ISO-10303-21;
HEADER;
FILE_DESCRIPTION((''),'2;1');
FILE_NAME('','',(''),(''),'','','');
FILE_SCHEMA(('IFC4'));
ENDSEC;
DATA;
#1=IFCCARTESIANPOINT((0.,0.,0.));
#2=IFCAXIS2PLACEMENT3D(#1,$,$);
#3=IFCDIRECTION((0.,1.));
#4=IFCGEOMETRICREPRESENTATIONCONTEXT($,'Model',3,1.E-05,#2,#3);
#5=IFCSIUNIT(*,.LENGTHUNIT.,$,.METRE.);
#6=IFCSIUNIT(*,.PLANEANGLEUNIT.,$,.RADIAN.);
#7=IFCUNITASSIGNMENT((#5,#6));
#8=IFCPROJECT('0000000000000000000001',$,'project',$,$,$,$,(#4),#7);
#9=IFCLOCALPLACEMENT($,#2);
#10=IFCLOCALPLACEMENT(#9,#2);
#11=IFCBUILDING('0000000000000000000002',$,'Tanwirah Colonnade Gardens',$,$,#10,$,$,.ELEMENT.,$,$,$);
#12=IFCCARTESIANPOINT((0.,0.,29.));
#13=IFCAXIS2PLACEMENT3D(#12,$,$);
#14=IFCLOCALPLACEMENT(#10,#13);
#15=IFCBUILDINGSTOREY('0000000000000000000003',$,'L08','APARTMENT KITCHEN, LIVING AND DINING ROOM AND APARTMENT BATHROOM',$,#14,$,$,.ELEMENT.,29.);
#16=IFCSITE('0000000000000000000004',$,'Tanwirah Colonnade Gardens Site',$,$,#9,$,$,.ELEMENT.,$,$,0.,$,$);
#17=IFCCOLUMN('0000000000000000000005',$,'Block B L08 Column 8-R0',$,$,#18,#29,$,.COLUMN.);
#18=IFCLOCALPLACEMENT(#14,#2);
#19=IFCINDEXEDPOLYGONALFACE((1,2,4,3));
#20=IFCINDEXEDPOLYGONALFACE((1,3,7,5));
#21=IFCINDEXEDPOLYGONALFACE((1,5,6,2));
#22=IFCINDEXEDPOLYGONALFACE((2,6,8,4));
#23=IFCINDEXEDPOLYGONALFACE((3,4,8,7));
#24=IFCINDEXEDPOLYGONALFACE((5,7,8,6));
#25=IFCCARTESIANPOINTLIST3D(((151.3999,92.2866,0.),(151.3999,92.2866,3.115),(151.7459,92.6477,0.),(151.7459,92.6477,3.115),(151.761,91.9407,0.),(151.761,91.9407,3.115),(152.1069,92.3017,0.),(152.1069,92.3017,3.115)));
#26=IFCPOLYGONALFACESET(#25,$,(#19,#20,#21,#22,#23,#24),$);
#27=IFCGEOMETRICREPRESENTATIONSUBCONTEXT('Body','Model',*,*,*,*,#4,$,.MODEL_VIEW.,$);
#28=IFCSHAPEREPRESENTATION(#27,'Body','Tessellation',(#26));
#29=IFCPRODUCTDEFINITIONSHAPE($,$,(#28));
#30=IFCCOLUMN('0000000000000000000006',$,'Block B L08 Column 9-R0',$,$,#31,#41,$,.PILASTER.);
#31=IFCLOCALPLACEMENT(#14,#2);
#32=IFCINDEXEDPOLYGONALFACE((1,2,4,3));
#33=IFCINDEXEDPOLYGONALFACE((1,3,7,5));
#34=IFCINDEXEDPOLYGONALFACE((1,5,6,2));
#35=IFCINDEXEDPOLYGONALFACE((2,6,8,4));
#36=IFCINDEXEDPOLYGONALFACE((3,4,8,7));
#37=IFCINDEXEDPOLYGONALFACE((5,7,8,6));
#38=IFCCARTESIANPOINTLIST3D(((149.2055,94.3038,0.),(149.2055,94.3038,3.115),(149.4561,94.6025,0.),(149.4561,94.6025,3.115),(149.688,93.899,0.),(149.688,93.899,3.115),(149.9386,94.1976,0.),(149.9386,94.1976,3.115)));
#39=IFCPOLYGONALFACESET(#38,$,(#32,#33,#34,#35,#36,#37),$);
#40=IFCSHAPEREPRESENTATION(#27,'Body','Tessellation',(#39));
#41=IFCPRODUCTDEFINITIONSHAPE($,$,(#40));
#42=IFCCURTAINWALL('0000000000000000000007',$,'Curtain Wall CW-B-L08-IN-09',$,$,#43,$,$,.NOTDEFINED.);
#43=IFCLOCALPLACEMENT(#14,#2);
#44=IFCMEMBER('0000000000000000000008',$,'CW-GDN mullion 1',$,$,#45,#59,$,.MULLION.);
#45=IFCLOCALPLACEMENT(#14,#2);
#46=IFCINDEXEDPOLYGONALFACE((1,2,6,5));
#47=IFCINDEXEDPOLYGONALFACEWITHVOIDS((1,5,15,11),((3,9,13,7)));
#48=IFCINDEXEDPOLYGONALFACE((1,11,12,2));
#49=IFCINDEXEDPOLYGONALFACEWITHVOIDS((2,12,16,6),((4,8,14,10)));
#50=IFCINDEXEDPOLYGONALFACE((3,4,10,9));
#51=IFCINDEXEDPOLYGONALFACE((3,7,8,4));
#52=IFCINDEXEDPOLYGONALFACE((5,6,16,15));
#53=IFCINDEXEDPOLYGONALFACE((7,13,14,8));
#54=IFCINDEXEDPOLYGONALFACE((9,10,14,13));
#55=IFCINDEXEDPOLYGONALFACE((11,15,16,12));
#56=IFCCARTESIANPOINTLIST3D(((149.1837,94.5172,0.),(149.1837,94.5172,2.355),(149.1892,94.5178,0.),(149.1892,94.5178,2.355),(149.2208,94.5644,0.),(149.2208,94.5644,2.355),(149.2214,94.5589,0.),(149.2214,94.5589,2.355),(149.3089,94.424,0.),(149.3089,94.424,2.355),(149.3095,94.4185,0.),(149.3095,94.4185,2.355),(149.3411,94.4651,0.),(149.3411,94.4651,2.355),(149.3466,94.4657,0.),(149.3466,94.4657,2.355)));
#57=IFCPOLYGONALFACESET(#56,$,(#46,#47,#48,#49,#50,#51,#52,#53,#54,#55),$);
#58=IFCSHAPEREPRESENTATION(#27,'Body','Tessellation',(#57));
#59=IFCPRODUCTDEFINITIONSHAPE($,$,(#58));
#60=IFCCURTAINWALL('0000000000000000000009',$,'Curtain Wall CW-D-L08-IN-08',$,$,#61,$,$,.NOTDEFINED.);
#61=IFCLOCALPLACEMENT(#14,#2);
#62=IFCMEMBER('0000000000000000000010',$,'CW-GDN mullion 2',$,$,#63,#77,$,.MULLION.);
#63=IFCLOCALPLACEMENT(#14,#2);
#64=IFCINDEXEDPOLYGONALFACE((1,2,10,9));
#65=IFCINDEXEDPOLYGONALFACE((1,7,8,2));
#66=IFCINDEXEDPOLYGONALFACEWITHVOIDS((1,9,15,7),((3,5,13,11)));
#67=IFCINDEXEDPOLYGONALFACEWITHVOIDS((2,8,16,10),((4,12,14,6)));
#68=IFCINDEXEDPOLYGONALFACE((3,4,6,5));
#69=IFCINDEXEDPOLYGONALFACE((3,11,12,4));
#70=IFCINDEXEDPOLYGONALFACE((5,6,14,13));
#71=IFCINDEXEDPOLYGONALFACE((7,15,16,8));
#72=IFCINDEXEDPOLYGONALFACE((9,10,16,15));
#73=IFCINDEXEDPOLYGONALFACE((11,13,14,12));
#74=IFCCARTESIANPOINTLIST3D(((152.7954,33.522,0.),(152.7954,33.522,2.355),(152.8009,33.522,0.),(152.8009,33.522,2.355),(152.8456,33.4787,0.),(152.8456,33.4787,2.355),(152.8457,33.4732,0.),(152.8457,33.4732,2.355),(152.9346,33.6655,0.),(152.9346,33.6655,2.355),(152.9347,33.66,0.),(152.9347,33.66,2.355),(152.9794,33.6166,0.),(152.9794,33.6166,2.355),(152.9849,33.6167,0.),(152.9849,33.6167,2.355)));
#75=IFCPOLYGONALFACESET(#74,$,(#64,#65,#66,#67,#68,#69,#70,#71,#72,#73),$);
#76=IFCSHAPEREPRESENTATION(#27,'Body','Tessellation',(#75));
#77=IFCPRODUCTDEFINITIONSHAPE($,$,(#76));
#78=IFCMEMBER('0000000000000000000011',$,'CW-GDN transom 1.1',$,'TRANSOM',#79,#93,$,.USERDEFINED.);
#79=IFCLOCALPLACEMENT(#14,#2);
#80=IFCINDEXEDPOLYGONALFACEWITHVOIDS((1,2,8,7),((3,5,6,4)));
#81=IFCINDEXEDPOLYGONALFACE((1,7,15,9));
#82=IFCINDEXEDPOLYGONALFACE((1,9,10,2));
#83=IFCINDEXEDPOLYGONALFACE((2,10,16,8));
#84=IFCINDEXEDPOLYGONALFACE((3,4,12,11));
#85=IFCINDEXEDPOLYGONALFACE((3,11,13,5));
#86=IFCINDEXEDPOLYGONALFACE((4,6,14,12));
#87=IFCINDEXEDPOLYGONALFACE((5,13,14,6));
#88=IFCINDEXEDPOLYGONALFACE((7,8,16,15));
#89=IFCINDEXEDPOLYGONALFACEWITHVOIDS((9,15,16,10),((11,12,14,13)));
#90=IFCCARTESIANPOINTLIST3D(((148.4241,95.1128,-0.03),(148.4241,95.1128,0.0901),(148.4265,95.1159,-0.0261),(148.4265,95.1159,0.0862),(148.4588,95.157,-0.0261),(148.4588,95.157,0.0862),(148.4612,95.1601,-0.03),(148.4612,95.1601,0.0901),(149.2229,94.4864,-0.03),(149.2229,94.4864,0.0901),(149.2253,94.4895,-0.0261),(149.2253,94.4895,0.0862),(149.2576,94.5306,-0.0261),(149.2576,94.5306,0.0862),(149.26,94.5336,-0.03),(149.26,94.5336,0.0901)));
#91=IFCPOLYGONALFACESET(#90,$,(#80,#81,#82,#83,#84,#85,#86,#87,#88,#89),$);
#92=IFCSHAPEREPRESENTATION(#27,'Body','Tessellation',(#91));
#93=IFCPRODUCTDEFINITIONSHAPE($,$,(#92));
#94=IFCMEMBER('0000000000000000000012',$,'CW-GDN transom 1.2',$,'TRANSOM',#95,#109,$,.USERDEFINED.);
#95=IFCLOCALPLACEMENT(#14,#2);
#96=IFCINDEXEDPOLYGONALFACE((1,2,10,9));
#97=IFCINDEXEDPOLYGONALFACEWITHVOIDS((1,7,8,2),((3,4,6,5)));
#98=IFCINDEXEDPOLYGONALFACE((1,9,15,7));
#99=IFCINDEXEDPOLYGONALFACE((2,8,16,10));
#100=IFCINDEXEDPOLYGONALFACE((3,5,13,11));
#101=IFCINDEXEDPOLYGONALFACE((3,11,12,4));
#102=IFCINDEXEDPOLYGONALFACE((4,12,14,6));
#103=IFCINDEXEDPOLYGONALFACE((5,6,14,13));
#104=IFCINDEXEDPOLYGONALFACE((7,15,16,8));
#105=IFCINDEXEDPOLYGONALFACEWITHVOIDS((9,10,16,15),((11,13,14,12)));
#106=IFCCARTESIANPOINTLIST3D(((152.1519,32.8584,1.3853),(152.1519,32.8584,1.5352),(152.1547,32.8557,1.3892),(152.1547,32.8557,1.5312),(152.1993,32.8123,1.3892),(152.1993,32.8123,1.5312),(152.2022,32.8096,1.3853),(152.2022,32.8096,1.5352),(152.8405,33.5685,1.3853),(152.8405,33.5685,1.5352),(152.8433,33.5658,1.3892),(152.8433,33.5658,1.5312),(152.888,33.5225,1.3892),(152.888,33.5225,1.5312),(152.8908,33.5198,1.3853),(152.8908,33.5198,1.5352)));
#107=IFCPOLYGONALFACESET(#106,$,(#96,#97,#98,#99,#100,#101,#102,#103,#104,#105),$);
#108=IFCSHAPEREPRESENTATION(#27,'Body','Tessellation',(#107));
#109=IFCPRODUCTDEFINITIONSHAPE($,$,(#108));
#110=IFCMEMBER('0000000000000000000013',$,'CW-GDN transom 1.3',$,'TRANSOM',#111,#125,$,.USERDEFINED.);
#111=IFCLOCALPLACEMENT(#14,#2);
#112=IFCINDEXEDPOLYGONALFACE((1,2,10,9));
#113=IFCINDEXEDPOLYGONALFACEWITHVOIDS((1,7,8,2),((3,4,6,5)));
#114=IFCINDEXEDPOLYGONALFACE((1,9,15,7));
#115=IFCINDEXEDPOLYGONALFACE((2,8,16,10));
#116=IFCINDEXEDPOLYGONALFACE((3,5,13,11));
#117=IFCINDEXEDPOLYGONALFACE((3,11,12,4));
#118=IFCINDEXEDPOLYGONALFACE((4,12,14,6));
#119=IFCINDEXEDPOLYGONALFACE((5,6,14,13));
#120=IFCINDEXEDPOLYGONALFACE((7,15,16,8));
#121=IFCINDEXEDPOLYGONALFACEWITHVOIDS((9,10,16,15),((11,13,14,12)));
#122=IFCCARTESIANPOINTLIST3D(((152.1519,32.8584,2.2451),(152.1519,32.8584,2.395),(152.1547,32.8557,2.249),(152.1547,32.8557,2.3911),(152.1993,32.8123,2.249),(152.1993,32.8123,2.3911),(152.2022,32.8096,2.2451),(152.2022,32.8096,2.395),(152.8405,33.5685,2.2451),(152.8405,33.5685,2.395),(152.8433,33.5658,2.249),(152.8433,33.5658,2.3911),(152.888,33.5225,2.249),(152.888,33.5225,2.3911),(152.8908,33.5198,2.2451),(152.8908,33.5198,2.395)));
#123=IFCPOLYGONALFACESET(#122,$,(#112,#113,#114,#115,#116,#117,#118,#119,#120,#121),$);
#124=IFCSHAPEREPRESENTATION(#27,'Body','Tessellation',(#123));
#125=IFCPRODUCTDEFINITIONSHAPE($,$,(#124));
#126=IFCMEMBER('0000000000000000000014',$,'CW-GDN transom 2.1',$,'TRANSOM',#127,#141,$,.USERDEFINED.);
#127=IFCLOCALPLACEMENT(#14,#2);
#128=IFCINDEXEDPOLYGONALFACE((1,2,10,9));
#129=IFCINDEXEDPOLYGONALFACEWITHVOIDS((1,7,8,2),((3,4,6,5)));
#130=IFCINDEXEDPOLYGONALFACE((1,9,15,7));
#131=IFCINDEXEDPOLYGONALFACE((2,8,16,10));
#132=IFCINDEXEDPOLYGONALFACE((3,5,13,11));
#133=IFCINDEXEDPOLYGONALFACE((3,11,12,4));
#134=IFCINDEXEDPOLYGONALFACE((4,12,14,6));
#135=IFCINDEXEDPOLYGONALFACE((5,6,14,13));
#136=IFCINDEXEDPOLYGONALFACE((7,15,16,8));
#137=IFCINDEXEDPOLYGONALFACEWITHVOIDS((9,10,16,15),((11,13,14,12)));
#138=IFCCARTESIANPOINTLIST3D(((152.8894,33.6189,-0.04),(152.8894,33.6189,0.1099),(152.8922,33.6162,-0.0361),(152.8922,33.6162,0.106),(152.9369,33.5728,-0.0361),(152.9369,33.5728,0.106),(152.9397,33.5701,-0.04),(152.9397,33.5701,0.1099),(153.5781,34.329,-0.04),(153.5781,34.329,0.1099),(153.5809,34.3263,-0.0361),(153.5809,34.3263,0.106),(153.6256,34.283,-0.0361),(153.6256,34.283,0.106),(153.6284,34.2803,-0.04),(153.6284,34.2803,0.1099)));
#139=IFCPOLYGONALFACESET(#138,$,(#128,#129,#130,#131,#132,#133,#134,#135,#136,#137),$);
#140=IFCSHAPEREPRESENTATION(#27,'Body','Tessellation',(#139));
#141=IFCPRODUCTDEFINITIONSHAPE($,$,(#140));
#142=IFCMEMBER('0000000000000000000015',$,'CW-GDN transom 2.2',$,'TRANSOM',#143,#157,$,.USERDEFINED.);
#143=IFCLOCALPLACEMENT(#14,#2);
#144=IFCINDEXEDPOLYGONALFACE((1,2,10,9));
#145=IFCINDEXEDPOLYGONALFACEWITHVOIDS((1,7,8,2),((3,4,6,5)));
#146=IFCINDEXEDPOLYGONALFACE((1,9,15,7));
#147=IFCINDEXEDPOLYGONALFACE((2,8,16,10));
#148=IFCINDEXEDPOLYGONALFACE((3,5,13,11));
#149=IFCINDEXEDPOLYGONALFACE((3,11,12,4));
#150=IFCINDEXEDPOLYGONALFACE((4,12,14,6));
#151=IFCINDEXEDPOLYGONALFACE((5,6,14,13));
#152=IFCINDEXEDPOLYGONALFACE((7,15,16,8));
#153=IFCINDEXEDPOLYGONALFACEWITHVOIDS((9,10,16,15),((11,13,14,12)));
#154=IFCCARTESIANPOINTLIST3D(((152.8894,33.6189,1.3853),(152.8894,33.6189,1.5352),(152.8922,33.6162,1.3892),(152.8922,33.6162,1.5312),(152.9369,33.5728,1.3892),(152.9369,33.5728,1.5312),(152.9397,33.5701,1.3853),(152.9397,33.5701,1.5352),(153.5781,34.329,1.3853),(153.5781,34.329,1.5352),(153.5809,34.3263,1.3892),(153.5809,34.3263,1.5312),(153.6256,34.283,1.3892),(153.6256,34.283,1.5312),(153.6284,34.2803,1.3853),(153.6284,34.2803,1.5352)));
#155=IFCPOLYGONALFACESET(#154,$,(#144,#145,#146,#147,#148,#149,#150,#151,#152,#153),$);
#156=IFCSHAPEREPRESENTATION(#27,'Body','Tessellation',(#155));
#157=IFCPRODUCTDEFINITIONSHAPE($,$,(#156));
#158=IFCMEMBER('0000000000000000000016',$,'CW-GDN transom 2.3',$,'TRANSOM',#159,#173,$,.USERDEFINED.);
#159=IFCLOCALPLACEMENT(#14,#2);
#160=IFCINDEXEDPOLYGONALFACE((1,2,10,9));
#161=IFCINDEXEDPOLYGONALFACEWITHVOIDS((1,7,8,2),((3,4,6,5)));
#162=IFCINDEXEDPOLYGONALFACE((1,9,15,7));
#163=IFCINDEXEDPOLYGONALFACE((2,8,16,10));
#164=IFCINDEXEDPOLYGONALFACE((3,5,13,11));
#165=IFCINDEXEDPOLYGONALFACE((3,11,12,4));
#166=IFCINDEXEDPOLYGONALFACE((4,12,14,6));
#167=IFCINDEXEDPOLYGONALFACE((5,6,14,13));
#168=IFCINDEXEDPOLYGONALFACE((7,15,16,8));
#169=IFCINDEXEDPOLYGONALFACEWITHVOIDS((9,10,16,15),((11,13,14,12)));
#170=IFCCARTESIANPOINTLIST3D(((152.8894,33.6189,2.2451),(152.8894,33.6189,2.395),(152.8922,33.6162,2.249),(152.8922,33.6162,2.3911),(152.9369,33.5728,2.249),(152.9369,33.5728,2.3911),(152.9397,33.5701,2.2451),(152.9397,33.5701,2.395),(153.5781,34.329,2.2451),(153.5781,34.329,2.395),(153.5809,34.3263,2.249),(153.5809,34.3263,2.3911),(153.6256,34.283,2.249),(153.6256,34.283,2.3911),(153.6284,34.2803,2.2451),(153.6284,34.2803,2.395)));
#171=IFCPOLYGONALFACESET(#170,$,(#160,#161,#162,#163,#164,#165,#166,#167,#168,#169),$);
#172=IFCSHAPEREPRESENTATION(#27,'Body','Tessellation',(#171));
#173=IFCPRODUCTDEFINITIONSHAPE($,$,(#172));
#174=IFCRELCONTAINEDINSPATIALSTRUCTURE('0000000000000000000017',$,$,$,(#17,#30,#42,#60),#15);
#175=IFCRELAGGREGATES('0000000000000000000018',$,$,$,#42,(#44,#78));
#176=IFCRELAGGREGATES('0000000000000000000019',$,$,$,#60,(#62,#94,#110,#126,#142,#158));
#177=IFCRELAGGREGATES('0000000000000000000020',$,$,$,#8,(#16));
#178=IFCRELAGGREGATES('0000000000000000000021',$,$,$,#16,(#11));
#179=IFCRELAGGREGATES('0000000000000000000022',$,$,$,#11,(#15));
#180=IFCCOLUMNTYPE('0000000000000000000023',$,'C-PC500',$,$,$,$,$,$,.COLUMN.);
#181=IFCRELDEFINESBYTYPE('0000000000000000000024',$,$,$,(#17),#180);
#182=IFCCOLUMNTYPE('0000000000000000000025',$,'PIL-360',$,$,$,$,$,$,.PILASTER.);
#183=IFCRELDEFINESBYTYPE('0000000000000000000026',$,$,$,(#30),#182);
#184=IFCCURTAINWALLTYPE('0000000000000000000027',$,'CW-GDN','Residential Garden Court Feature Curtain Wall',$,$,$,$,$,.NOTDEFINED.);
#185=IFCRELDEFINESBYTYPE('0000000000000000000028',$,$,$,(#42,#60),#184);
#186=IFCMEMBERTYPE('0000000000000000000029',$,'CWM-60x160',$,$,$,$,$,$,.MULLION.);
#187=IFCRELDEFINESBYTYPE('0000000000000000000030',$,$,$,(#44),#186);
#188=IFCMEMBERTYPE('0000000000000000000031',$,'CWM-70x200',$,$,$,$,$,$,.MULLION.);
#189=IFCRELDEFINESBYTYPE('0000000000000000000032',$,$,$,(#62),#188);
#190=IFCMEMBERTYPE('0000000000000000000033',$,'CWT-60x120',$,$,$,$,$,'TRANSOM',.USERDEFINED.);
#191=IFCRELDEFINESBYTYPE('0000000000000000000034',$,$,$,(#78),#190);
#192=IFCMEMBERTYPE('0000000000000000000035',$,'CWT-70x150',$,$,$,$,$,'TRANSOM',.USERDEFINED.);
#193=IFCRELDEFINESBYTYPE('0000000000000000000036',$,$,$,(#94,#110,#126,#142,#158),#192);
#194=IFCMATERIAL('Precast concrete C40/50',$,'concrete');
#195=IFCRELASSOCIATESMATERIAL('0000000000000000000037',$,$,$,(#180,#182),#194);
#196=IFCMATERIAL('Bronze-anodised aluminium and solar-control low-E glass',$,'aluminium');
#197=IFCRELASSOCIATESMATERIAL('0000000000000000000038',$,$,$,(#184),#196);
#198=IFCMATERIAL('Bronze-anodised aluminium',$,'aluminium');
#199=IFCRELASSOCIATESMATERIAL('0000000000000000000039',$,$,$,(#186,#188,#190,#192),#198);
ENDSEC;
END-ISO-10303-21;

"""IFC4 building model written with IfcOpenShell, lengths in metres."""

from ifc_helpers import new_model, si_unit, direction, frame, origin, origin_2d, place, context, subcontext, project, spatial, rectangle, hollow_rectangle, extrude, material, material_profile, profile_set, type_object, element, aggregate, save


model = new_model("IFC4")

# Units and contexts
model_context = context("Model", 3, precision=1e-05, world=origin(), true_north=direction((0.0, 1.0)))
body_context = subcontext(model_context, "Body", "Model", "MODEL_VIEW")
ifc_project = project(units=[si_unit("LENGTHUNIT", "METRE"), si_unit("PLANEANGLEUNIT", "RADIAN")], contexts=[model_context])

# Site, building, storey
site_placement = place(None, origin())
site = spatial("IfcSite", under=ifc_project, at=site_placement, Name="Tanwirah Colonnade Gardens Site", CompositionType="ELEMENT", RefElevation=0.0)
building_placement = place(site_placement, origin())
building = spatial("IfcBuilding", under=site, at=building_placement, Name="Tanwirah Colonnade Gardens", CompositionType="ELEMENT")
storey_placement = place(building_placement, frame((0.0, 0.0, 29.0)))
storey = spatial("IfcBuildingStorey", under=building, at=storey_placement, Name="L08", Description="APARTMENT KITCHEN, LIVING AND DINING ROOM AND APARTMENT BATHROOM", CompositionType="ELEMENT", Elevation=29.0)

# Columns
ifc_material_1 = material(Name="Precast concrete C40/50", Category="concrete")
ifc_material_profile_1 = material_profile(ifc_material_1, rectangle(XDim=0.5, YDim=0.5, at=origin_2d()), Name="PC-COL 500x500")
ifc_profile_set_1 = profile_set([ifc_material_profile_1], Name="Precast concrete C40/50")
column_type_1 = type_object("IfcColumnType", Name="C-PC500", PredefinedType="COLUMN", material=ifc_profile_set_1)
column_1_placement = place(storey_placement, frame((151.7534, 92.2942, 0.0), z_axis=(0.0, 0.0, 1.0), x_axis=(0.691863, 0.722029, 0.0)))
element("IfcColumn", 1, at=column_1_placement, inside=storey, type_object=column_type_1, Name="Block B L08 Column 8-R0", PredefinedType="COLUMN", context=body_context, shape_type="SweptSolid", body=[
    extrude(rectangle(XDim=0.5, YDim=0.5, at=origin_2d()), origin(), (0.0, 0.0, 1.0), 3.115),
])
ifc_material_profile_2 = material_profile(ifc_material_1, rectangle(XDim=0.3899, YDim=0.6299, at=origin_2d()), Name="PC-PIL 390x630")
ifc_profile_set_2 = profile_set([ifc_material_profile_2], Name="Precast concrete C40/50")
column_type_2 = type_object("IfcColumnType", Name="PIL-360", PredefinedType="PILASTER", material=ifc_profile_set_2)
column_2_placement = place(storey_placement, frame((149.572, 94.2507, 0.0), z_axis=(0.0, 0.0, 1.0), x_axis=(0.642788, 0.766044, 0.0)))
element("IfcColumn", 2, at=column_2_placement, inside=storey, type_object=column_type_2, Name="Block B L08 Column 9-R0", PredefinedType="PILASTER", context=body_context, shape_type="SweptSolid", body=[
    extrude(rectangle(XDim=0.3899, YDim=0.6299, at=origin_2d()), origin(), (0.0, 0.0, 1.0), 3.115),
])

# Curtain walls, members
ifc_material_2 = material(Name="Bronze-anodised aluminium and solar-control low-E glass", Category="aluminium")
curtain_wall_type = type_object("IfcCurtainWallType", Name="CW-GDN", Description="Residential Garden Court Feature Curtain Wall", PredefinedType="NOTDEFINED", material=ifc_material_2)
curtain_wall_1_placement = place(storey_placement, origin())
curtain_wall_1 = element("IfcCurtainWall", 3, at=curtain_wall_1_placement, inside=storey, type_object=curtain_wall_type, Name="Curtain Wall CW-B-L08-IN-09", PredefinedType="NOTDEFINED")
ifc_material_3 = material(Name="Bronze-anodised aluminium", Category="aluminium")
ifc_material_profile_3 = material_profile(ifc_material_3, hollow_rectangle(XDim=0.0601, YDim=0.1599, WallThickness=0.0039, at=origin_2d()), Name="CW-MUL 60x160x4")
ifc_profile_set_3 = profile_set([ifc_material_profile_3], Name="Bronze-anodised aluminium")
member_type_1 = type_object("IfcMemberType", Name="CWM-60x160", PredefinedType="MULLION", material=ifc_profile_set_3)
member_1_placement = place(storey_placement, frame((149.2651, 94.4915, 0.0), z_axis=(0.0, 0.0, 1.0), x_axis=(-0.617189, -0.786815, 0.0)))
member_1 = element("IfcMember", 4, at=member_1_placement, type_object=member_type_1, Name="CW-GDN mullion 1", PredefinedType="MULLION", context=body_context, shape_type="SweptSolid", body=[
    extrude(hollow_rectangle(XDim=0.0601, YDim=0.1599, WallThickness=0.0039, at=origin_2d()), origin(), (0.0, 0.0, 1.0), 2.355),
])
curtain_wall_2_placement = place(storey_placement, origin())
curtain_wall_2 = element("IfcCurtainWall", 5, at=curtain_wall_2_placement, inside=storey, type_object=curtain_wall_type, Name="Curtain Wall CW-D-L08-IN-08", PredefinedType="NOTDEFINED")
ifc_material_profile_4 = material_profile(ifc_material_3, hollow_rectangle(XDim=0.0701, YDim=0.2, WallThickness=0.0039, at=origin_2d()), Name="CW-MUL 70x200x4")
ifc_profile_set_4 = profile_set([ifc_material_profile_4], Name="Bronze-anodised aluminium")
member_type_2 = type_object("IfcMemberType", Name="CWM-70x200", PredefinedType="MULLION", material=ifc_profile_set_4)
member_2_placement = place(storey_placement, frame((152.8901, 33.5693, 0.0), z_axis=(0.0, 0.0, 1.0), x_axis=(-0.717825, 0.696223, 0.0)))
member_2 = element("IfcMember", 6, at=member_2_placement, type_object=member_type_2, Name="CW-GDN mullion 2", PredefinedType="MULLION", context=body_context, shape_type="SweptSolid", body=[
    extrude(hollow_rectangle(XDim=0.0701, YDim=0.2, WallThickness=0.0039, at=origin_2d()), origin(), (0.0, 0.0, 1.0), 2.355),
])

# Members
ifc_material_profile_5 = material_profile(ifc_material_3, hollow_rectangle(XDim=0.0601, YDim=0.1201, WallThickness=0.0039, at=origin_2d()), Name="CW-TRN 60x120x4")
ifc_profile_set_5 = profile_set([ifc_material_profile_5], Name="Bronze-anodised aluminium")
member_type_3 = type_object("IfcMemberType", Name="CWT-60x120", ElementType="TRANSOM", PredefinedType="USERDEFINED", material=ifc_profile_set_5)
member_3_placement = place(storey_placement, frame((149.2415, 94.51, 0.03), z_axis=(-0.786885, 0.617099, 0.0), x_axis=(-0.617099, -0.786885, 0.0)))
member_3 = element("IfcMember", 7, at=member_3_placement, type_object=member_type_3, Name="CW-GDN transom 1.1", ObjectType="TRANSOM", PredefinedType="USERDEFINED", context=body_context, shape_type="SweptSolid", body=[
    extrude(hollow_rectangle(XDim=0.0601, YDim=0.1201, WallThickness=0.0039, at=origin_2d()), origin(), (0.0, 0.0, 1.0), 1.0151),
])
aggregate(curtain_wall_1, [member_1, member_3])
ifc_material_profile_6 = material_profile(ifc_material_3, hollow_rectangle(XDim=0.0701, YDim=0.1499, WallThickness=0.0039, at=origin_2d()), Name="CW-TRN 70x150x4")
ifc_profile_set_6 = profile_set([ifc_material_profile_6], Name="Bronze-anodised aluminium")
member_type_4 = type_object("IfcMemberType", Name="CWT-70x150", ElementType="TRANSOM", PredefinedType="USERDEFINED", material=ifc_profile_set_6)
member_4_placement = place(storey_placement, frame((152.177, 32.834, 1.4602), z_axis=(0.696165, 0.717882, 0.0), x_axis=(-0.717882, 0.696165, 0.0)))
member_4 = element("IfcMember", 8, at=member_4_placement, type_object=member_type_4, Name="CW-GDN transom 1.2", ObjectType="TRANSOM", PredefinedType="USERDEFINED", context=body_context, shape_type="SweptSolid", body=[
    extrude(hollow_rectangle(XDim=0.0701, YDim=0.1499, WallThickness=0.0039, at=origin_2d()), origin(), (0.0, 0.0, 1.0), 0.9893),
])
member_5_placement = place(storey_placement, frame((152.177, 32.834, 2.3201), z_axis=(0.696165, 0.717882, 0.0), x_axis=(-0.717882, 0.696165, 0.0)))
member_5 = element("IfcMember", 9, at=member_5_placement, type_object=member_type_4, Name="CW-GDN transom 1.3", ObjectType="TRANSOM", PredefinedType="USERDEFINED", context=body_context, shape_type="SweptSolid", body=[
    extrude(hollow_rectangle(XDim=0.0701, YDim=0.1499, WallThickness=0.0039, at=origin_2d()), origin(), (0.0, 0.0, 1.0), 0.9893),
])
member_6_placement = place(storey_placement, frame((152.9146, 33.5945, 0.0349), z_axis=(0.696165, 0.717882, 0.0), x_axis=(-0.717882, 0.696165, 0.0)))
member_6 = element("IfcMember", 10, at=member_6_placement, type_object=member_type_4, Name="CW-GDN transom 2.1", ObjectType="TRANSOM", PredefinedType="USERDEFINED", context=body_context, shape_type="SweptSolid", body=[
    extrude(hollow_rectangle(XDim=0.0701, YDim=0.1499, WallThickness=0.0039, at=origin_2d()), origin(), (0.0, 0.0, 1.0), 0.9893),
])
member_7_placement = place(storey_placement, frame((152.9146, 33.5945, 1.4602), z_axis=(0.696165, 0.717882, 0.0), x_axis=(-0.717882, 0.696165, 0.0)))
member_7 = element("IfcMember", 11, at=member_7_placement, type_object=member_type_4, Name="CW-GDN transom 2.2", ObjectType="TRANSOM", PredefinedType="USERDEFINED", context=body_context, shape_type="SweptSolid", body=[
    extrude(hollow_rectangle(XDim=0.0701, YDim=0.1499, WallThickness=0.0039, at=origin_2d()), origin(), (0.0, 0.0, 1.0), 0.9893),
])
member_8_placement = place(storey_placement, frame((152.9146, 33.5945, 2.3201), z_axis=(0.696165, 0.717882, 0.0), x_axis=(-0.717882, 0.696165, 0.0)))
member_8 = element("IfcMember", 12, at=member_8_placement, type_object=member_type_4, Name="CW-GDN transom 2.3", ObjectType="TRANSOM", PredefinedType="USERDEFINED", context=body_context, shape_type="SweptSolid", body=[
    extrude(hollow_rectangle(XDim=0.0701, YDim=0.1499, WallThickness=0.0039, at=origin_2d()), origin(), (0.0, 0.0, 1.0), 0.9893),
])

aggregate(curtain_wall_2, [member_2, member_4, member_5, member_6, member_7, member_8])

save(model, "model.ifc")
